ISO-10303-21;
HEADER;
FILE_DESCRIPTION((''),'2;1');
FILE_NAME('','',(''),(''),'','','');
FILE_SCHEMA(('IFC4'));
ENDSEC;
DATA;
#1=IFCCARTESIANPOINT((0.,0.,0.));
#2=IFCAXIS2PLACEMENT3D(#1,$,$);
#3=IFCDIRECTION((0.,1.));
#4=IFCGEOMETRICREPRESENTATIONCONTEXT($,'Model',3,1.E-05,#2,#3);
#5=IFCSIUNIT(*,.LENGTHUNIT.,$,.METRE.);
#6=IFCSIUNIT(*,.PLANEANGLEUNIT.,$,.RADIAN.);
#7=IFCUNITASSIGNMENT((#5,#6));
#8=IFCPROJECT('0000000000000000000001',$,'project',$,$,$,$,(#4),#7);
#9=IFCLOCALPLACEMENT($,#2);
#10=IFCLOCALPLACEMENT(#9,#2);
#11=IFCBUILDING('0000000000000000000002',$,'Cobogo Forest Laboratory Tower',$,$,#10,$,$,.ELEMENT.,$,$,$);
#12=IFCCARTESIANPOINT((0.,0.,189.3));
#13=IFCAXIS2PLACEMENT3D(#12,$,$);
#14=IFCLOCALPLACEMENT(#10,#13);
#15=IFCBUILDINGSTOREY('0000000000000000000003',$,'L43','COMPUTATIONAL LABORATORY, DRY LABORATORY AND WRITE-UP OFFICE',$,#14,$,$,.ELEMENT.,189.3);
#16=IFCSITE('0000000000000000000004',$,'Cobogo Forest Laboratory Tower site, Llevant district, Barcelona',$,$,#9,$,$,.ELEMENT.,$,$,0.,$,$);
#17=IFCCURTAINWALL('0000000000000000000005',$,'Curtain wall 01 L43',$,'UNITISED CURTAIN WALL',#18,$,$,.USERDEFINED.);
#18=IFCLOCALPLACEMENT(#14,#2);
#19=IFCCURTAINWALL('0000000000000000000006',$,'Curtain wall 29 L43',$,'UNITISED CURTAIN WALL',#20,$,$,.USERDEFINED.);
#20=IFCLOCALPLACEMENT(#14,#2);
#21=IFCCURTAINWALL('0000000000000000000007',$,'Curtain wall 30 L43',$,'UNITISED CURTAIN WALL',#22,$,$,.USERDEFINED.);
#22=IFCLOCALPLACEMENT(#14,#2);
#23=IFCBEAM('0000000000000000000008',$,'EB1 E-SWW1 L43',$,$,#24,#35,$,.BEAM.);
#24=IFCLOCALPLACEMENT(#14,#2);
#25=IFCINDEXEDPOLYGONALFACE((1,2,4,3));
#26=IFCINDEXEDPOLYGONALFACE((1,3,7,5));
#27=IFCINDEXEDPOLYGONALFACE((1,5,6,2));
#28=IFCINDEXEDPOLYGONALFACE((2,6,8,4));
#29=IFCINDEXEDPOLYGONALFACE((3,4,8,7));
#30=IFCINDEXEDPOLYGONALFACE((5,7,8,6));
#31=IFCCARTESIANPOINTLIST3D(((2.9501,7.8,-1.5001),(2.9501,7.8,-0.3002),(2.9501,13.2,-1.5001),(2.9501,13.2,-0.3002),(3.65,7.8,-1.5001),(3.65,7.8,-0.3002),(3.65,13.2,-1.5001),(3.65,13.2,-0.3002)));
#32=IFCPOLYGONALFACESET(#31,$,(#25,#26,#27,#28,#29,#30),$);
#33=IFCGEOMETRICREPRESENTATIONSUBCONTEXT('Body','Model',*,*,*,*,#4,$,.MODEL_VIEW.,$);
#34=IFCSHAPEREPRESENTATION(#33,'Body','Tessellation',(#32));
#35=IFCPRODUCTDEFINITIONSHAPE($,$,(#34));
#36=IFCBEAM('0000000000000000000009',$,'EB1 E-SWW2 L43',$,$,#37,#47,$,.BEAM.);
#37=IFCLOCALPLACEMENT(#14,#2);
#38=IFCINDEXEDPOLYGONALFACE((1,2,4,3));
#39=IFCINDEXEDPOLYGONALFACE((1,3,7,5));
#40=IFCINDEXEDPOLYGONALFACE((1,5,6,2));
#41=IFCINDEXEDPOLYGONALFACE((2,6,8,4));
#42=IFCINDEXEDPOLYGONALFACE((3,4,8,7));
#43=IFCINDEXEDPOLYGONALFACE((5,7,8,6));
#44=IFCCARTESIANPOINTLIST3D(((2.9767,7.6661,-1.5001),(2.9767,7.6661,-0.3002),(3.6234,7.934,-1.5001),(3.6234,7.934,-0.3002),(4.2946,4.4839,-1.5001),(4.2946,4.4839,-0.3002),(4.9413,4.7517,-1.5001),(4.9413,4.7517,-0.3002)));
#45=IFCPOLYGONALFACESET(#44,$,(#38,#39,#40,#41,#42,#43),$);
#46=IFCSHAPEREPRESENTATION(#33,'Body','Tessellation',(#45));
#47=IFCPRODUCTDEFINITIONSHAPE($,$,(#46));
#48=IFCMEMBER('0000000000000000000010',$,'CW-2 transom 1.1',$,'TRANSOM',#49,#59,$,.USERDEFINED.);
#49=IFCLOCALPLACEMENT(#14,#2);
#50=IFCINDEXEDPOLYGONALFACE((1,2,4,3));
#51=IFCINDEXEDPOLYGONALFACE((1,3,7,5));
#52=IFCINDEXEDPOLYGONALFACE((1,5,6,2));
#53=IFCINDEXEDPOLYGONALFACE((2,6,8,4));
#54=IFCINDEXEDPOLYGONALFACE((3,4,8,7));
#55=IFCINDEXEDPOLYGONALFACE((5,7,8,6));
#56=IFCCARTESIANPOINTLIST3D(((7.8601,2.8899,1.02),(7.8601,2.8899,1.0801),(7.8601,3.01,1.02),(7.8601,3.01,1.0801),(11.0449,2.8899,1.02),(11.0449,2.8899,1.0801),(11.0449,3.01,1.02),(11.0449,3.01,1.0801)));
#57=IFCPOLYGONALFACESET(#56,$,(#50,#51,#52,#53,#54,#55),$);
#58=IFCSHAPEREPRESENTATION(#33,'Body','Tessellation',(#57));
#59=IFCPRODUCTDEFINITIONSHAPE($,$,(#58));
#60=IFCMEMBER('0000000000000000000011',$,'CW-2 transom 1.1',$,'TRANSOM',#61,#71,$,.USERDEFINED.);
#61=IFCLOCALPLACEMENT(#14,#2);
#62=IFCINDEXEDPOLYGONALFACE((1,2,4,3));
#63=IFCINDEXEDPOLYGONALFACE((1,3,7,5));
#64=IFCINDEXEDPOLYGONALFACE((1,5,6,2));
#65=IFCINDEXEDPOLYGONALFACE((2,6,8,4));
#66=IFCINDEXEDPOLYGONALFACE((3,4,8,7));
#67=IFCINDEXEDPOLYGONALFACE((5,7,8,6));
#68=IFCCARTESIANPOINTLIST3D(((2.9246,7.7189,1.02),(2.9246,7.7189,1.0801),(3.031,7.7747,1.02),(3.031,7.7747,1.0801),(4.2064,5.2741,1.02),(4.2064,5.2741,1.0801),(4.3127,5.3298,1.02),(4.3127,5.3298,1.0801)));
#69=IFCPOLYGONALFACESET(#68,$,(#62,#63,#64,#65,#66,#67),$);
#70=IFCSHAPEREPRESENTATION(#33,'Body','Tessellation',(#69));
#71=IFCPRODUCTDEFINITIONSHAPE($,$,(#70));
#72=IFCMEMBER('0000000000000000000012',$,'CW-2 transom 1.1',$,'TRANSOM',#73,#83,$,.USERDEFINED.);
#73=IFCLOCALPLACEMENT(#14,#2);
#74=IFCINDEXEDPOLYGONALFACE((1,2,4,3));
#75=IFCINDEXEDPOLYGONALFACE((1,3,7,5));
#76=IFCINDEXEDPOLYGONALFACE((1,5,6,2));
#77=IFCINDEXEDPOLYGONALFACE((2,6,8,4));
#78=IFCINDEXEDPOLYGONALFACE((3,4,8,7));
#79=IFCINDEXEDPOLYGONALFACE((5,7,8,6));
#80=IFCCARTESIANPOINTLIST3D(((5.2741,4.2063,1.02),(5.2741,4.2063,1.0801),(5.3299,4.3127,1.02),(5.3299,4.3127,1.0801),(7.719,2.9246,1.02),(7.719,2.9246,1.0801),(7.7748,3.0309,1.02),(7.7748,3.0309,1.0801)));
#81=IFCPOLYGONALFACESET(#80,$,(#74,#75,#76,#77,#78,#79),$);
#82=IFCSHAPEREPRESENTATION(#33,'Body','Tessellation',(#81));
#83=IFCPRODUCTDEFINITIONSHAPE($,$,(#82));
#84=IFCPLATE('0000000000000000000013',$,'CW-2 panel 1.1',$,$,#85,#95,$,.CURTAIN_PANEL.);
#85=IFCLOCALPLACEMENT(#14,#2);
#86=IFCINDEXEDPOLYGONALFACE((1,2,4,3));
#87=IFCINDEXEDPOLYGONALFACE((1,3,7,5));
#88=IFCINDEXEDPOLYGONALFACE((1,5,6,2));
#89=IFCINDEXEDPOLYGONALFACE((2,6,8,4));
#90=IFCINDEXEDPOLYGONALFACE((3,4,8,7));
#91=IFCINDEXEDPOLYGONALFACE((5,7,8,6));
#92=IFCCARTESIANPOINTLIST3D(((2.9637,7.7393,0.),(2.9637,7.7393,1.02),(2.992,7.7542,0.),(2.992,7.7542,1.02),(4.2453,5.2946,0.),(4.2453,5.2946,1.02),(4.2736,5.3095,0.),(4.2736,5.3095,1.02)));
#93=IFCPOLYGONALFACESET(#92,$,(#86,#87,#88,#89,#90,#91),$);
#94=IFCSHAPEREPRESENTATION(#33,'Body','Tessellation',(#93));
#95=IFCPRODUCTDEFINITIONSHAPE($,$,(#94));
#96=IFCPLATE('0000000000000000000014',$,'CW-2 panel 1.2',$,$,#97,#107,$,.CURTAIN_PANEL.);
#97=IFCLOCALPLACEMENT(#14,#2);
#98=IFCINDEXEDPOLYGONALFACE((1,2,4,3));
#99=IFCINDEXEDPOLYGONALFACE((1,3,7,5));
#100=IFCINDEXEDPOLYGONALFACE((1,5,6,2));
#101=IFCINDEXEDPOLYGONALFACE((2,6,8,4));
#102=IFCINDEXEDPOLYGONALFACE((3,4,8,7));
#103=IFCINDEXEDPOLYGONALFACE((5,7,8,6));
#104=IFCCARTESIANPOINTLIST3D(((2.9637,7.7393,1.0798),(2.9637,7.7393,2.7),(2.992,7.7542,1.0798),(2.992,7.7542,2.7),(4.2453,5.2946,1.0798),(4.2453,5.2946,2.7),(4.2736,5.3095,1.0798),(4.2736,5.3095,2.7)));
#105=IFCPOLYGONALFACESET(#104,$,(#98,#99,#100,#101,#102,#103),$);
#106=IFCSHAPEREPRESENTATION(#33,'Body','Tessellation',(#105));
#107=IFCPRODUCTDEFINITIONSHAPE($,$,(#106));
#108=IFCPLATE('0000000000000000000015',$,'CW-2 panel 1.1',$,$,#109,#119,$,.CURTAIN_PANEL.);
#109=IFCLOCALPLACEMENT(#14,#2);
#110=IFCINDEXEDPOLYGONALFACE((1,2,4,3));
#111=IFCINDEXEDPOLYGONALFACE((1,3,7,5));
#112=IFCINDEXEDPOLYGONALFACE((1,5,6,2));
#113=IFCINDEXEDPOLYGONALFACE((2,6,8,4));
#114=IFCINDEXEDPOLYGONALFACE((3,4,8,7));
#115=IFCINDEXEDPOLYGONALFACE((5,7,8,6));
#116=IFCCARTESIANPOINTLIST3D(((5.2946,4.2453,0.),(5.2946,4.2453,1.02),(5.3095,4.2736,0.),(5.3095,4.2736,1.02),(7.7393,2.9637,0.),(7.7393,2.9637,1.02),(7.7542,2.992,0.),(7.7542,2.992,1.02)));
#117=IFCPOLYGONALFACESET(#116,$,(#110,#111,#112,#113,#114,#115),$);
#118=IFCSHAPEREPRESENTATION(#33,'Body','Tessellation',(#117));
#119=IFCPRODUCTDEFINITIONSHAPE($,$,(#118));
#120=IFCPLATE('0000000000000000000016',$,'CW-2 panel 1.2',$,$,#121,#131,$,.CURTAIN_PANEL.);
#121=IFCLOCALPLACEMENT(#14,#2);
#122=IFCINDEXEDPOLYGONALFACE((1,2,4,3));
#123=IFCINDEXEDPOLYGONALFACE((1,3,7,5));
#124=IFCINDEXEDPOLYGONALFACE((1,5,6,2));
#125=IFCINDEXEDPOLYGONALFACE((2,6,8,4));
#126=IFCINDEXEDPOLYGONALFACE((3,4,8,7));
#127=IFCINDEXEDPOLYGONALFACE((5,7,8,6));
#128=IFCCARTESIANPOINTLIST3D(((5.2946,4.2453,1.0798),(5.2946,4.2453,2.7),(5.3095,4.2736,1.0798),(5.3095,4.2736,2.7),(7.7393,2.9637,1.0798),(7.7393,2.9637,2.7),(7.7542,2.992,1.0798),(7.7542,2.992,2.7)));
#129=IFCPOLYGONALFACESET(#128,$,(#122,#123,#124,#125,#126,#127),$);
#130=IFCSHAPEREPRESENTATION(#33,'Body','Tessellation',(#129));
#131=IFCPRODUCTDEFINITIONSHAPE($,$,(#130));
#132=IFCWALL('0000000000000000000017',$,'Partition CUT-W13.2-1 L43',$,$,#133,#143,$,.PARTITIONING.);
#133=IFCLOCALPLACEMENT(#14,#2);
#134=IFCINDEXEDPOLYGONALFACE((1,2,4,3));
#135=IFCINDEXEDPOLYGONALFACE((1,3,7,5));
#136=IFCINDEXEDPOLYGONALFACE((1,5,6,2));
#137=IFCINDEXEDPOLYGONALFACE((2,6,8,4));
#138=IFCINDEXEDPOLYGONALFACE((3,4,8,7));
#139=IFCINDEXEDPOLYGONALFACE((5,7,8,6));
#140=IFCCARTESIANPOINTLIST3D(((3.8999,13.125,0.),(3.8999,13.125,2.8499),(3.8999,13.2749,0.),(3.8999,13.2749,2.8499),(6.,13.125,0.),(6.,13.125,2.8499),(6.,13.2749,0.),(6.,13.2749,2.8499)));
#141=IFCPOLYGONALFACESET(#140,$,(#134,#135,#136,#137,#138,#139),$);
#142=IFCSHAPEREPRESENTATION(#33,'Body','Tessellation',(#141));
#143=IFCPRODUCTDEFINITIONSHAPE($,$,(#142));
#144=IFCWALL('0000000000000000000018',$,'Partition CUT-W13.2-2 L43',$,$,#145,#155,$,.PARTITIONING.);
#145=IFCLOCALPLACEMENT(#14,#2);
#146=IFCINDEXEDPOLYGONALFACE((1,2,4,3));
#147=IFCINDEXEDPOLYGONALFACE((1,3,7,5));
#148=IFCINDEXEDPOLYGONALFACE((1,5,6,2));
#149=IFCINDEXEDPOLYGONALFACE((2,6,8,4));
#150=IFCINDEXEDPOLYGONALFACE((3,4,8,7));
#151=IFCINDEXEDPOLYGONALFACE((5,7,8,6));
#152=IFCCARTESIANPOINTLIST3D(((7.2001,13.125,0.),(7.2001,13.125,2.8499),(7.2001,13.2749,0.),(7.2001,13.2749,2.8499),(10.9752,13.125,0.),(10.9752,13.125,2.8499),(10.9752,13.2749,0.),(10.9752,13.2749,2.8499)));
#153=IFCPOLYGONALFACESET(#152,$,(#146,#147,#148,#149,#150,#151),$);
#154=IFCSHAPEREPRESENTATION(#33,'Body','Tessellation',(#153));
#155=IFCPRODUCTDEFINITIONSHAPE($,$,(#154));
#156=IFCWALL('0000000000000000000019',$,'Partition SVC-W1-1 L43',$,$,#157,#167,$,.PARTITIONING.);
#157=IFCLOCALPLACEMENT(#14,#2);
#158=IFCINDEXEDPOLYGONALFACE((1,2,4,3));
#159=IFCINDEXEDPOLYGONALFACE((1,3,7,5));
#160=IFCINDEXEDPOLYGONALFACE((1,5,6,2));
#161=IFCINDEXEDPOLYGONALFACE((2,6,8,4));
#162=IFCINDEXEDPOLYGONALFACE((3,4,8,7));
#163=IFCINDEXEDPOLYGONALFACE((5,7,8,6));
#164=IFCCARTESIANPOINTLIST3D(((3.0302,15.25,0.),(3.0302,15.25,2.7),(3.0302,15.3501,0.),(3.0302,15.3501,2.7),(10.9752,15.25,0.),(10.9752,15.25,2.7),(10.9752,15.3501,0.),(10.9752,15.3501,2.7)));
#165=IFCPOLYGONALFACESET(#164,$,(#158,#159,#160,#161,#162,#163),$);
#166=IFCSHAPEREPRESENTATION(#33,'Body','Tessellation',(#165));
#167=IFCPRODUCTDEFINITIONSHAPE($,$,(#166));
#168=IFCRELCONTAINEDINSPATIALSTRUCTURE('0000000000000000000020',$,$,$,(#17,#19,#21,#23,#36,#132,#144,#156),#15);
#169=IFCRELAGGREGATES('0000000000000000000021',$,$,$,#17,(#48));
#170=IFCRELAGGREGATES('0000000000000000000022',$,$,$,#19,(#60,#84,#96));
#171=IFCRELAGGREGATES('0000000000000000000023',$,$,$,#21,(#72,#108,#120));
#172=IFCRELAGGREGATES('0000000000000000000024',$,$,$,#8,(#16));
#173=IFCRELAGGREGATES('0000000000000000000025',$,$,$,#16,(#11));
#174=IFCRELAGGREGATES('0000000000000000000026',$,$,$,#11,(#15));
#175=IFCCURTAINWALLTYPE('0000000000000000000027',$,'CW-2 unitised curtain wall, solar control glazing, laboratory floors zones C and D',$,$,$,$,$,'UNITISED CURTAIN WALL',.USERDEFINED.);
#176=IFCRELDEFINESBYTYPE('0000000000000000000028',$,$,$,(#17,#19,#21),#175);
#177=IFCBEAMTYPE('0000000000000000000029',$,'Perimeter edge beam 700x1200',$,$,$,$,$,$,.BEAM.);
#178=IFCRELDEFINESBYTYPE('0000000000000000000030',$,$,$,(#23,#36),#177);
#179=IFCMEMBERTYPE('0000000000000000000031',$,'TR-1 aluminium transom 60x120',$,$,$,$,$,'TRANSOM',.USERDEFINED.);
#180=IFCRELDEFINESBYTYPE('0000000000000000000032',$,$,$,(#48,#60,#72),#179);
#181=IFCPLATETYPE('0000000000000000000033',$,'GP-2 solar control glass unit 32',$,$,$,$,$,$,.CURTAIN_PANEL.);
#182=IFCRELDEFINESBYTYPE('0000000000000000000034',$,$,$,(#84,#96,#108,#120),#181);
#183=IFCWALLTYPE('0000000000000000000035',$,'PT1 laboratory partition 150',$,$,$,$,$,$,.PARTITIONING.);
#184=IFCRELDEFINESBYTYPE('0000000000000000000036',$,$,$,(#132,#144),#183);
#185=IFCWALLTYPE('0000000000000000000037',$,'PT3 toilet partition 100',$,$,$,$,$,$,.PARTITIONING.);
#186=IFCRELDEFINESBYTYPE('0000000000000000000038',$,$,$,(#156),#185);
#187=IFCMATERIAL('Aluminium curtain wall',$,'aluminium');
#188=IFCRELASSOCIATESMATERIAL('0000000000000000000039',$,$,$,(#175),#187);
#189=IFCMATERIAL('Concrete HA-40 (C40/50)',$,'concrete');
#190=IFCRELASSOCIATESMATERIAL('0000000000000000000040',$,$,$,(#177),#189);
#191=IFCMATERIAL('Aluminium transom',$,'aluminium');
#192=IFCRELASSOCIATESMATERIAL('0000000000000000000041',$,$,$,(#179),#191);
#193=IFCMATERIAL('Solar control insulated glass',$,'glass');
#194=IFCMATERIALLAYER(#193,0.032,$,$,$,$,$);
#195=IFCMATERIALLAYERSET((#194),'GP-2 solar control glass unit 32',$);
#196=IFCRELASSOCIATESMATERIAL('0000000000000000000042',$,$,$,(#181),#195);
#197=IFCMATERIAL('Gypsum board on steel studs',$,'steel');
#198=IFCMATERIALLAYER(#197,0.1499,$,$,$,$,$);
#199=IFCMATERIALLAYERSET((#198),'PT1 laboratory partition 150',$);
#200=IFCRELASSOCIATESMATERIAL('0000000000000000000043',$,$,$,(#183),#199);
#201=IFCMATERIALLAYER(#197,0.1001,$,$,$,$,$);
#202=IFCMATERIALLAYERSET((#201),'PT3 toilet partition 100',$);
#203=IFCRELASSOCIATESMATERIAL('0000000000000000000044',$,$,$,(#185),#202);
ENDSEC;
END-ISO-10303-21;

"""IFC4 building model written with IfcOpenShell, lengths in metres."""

from ifc_helpers import new_model, si_unit, direction, frame, frame_2d, origin, origin_2d, place, context, subcontext, project, spatial, rectangle, extrude, material, layer, layer_set, material_profile, profile_set, type_object, element, aggregate, save


model = new_model("IFC4")

# Units and contexts
model_context = context("Model", 3, precision=1e-05, world=origin(), true_north=direction((0.0, 1.0)))
body_context = subcontext(model_context, "Body", "Model", "MODEL_VIEW")
ifc_project = project(units=[si_unit("LENGTHUNIT", "METRE"), si_unit("PLANEANGLEUNIT", "RADIAN")], contexts=[model_context])

# Site, building, storey
site_placement = place(None, origin())
site = spatial("IfcSite", under=ifc_project, at=site_placement, Name="Cobogo Forest Laboratory Tower site, Llevant district, Barcelona", CompositionType="ELEMENT", RefElevation=0.0)
building_placement = place(site_placement, origin())
building = spatial("IfcBuilding", under=site, at=building_placement, Name="Cobogo Forest Laboratory Tower", CompositionType="ELEMENT")
storey_placement = place(building_placement, frame((0.0, 0.0, 189.3)))
storey = spatial("IfcBuildingStorey", under=building, at=storey_placement, Name="L43", Description="COMPUTATIONAL LABORATORY, DRY LABORATORY AND WRITE-UP OFFICE", CompositionType="ELEMENT", Elevation=189.3)

# Shared definitions
ifc_material_1 = material(Name="Concrete HA-40 (C40/50)", Category="concrete")

# Curtain wall
ifc_material_2 = material(Name="Aluminium curtain wall", Category="aluminium")
curtain_wall_type = type_object("IfcCurtainWallType", Name="CW-2 unitised curtain wall, solar control glazing, laboratory floors zones C and D", ElementType="UNITISED CURTAIN WALL", PredefinedType="USERDEFINED", material=ifc_material_2)
curtain_wall_1_placement = place(storey_placement, origin())
curtain_wall_1 = element("IfcCurtainWall", 1, at=curtain_wall_1_placement, inside=storey, type_object=curtain_wall_type, Name="Curtain wall 01 L43", ObjectType="UNITISED CURTAIN WALL", PredefinedType="USERDEFINED")

# Curtain walls
curtain_wall_2_placement = place(storey_placement, origin())
curtain_wall_2 = element("IfcCurtainWall", 2, at=curtain_wall_2_placement, inside=storey, type_object=curtain_wall_type, Name="Curtain wall 29 L43", ObjectType="UNITISED CURTAIN WALL", PredefinedType="USERDEFINED")
curtain_wall_3_placement = place(storey_placement, origin())
curtain_wall_3 = element("IfcCurtainWall", 3, at=curtain_wall_3_placement, inside=storey, type_object=curtain_wall_type, Name="Curtain wall 30 L43", ObjectType="UNITISED CURTAIN WALL", PredefinedType="USERDEFINED")

# Beams
ifc_material_profile_1 = material_profile(ifc_material_1, rectangle(XDim=0.7, YDim=1.2, at=origin_2d()), Name="RC 700x1200")
ifc_profile_set_1 = profile_set([ifc_material_profile_1], Name="Concrete HA-40 (C40/50)")
beam_type_1 = type_object("IfcBeamType", Name="Perimeter edge beam 700x1200", PredefinedType="BEAM", material=ifc_profile_set_1)
beam_1_placement = place(storey_placement, frame((3.3, 13.2, -0.9001), z_axis=(0.0, -1.0, 0.0), x_axis=(1.0, 0.0, 0.0)))
element("IfcBeam", 4, at=beam_1_placement, inside=storey, type_object=beam_type_1, Name="EB1 E-SWW1 L43", PredefinedType="BEAM", context=body_context, shape_type="SweptSolid", body=[
    extrude(rectangle(XDim=0.7, YDim=1.2, at=origin_2d()), origin(), (0.0, 0.0, 1.0), 5.3999),
])
beam_2_placement = place(storey_placement, frame((3.3, 7.8, -0.9001), z_axis=(0.382631, -0.923901, 0.0), x_axis=(0.923901, 0.382631, 0.0)))
element("IfcBeam", 5, at=beam_2_placement, inside=storey, type_object=beam_type_1, Name="EB1 E-SWW2 L43", PredefinedType="BEAM", context=body_context, shape_type="SweptSolid", body=[
    extrude(rectangle(XDim=0.7, YDim=1.2, at=origin_2d()), origin(), (0.0, 0.0, 1.0), 3.4443),
])

# Members
ifc_material_3 = material(Name="Aluminium transom", Category="aluminium")
ifc_material_profile_2 = material_profile(ifc_material_3, rectangle(XDim=0.1201, YDim=0.0601, at=origin_2d()), Name="AL 60x120")
ifc_profile_set_2 = profile_set([ifc_material_profile_2], Name="Aluminium transom")
member_type_1 = type_object("IfcMemberType", Name="TR-1 aluminium transom 60x120", ElementType="TRANSOM", PredefinedType="USERDEFINED", material=ifc_profile_set_2)
member_1_placement = place(storey_placement, frame((7.8601, 2.95, 1.05), z_axis=(1.0, 0.0, 0.0), x_axis=(0.0, 1.0, 0.0)))
member_1 = element("IfcMember", 6, at=member_1_placement, type_object=member_type_1, Name="CW-2 transom 1.1", ObjectType="TRANSOM", PredefinedType="USERDEFINED", context=body_context, shape_type="SweptSolid", body=[
    extrude(rectangle(XDim=0.1201, YDim=0.0601, at=origin_2d()), origin(), (0.0, 0.0, 1.0), 3.1848),
])
aggregate(curtain_wall_1, [member_1])
member_2_placement = place(storey_placement, frame((2.9778, 7.7468, 1.05), z_axis=(0.464324, -0.885665, 0.0), x_axis=(0.885665, 0.464324, 0.0)))
member_2 = element("IfcMember", 7, at=member_2_placement, type_object=member_type_1, Name="CW-2 transom 1.1", ObjectType="TRANSOM", PredefinedType="USERDEFINED", context=body_context, shape_type="SweptSolid", body=[
    extrude(rectangle(XDim=0.1201, YDim=0.0601, at=origin_2d()), origin(), (0.0, 0.0, 1.0), 2.7605),
])
member_3_placement = place(storey_placement, frame((5.302, 4.2595, 1.05), z_axis=(0.885665, -0.464324, 0.0), x_axis=(0.464324, 0.885665, 0.0)))
member_3 = element("IfcMember", 8, at=member_3_placement, type_object=member_type_1, Name="CW-2 transom 1.1", ObjectType="TRANSOM", PredefinedType="USERDEFINED", context=body_context, shape_type="SweptSolid", body=[
    extrude(rectangle(XDim=0.1201, YDim=0.0601, at=origin_2d()), origin(), (0.0, 0.0, 1.0), 2.7605),
])

# Plates
ifc_material_4 = material(Name="Solar control insulated glass", Category="glass")
ifc_layer_1 = layer(ifc_material_4, 0.032)
ifc_layer_set_1 = layer_set([ifc_layer_1], Name="GP-2 solar control glass unit 32")
plate_type = type_object("IfcPlateType", Name="GP-2 solar control glass unit 32", PredefinedType="CURTAIN_PANEL", material=ifc_layer_set_1)
plate_1_placement = place(storey_placement, frame((3.6187, 6.5244, 0.0), z_axis=(0.0, 0.0, 1.0), x_axis=(0.464284, -0.885686, 0.0)))
plate_1 = element("IfcPlate", 9, at=plate_1_placement, type_object=plate_type, Name="CW-2 panel 1.1", PredefinedType="CURTAIN_PANEL", context=body_context, shape_type="SweptSolid", body=[
    extrude(rectangle(XDim=2.7603, YDim=0.032, at=origin_2d()), origin(), (0.0, 0.0, 1.0), 1.02),
])
plate_2_placement = place(storey_placement, frame((3.6187, 6.5244, 1.0798), z_axis=(0.0, 0.0, 1.0), x_axis=(0.464284, -0.885686, 0.0)))
plate_2 = element("IfcPlate", 10, at=plate_2_placement, type_object=plate_type, Name="CW-2 panel 1.2", PredefinedType="CURTAIN_PANEL", context=body_context, shape_type="SweptSolid", body=[
    extrude(rectangle(XDim=2.7603, YDim=0.032, at=origin_2d()), origin(), (0.0, 0.0, 1.0), 1.6201),
])
aggregate(curtain_wall_2, [member_2, plate_1, plate_2])
plate_3_placement = place(storey_placement, frame((6.5244, 3.6187, 0.0), z_axis=(0.0, 0.0, 1.0), x_axis=(0.885686, -0.464284, 0.0)))
plate_3 = element("IfcPlate", 11, at=plate_3_placement, type_object=plate_type, Name="CW-2 panel 1.1", PredefinedType="CURTAIN_PANEL", context=body_context, shape_type="SweptSolid", body=[
    extrude(rectangle(XDim=2.7603, YDim=0.032, at=origin_2d()), origin(), (0.0, 0.0, 1.0), 1.02),
])
plate_4_placement = place(storey_placement, frame((6.5244, 3.6187, 1.0798), z_axis=(0.0, 0.0, 1.0), x_axis=(0.885686, -0.464284, 0.0)))
plate_4 = element("IfcPlate", 12, at=plate_4_placement, type_object=plate_type, Name="CW-2 panel 1.2", PredefinedType="CURTAIN_PANEL", context=body_context, shape_type="SweptSolid", body=[
    extrude(rectangle(XDim=2.7603, YDim=0.032, at=origin_2d()), origin(), (0.0, 0.0, 1.0), 1.6201),
])
aggregate(curtain_wall_3, [member_3, plate_3, plate_4])

# Walls
ifc_material_5 = material(Name="Gypsum board on steel studs", Category="steel")
ifc_layer_2 = layer(ifc_material_5, 0.1499)
ifc_layer_set_2 = layer_set([ifc_layer_2], Name="PT1 laboratory partition 150")
wall_type_1 = type_object("IfcWallType", Name="PT1 laboratory partition 150", PredefinedType="PARTITIONING", material=ifc_layer_set_2)
wall_1_placement = place(storey_placement, frame((3.8999, 13.2, 0.0), z_axis=(0.0, 0.0, 1.0), x_axis=(1.0, 0.0, 0.0)))
element("IfcWall", 13, at=wall_1_placement, inside=storey, type_object=wall_type_1, Name="Partition CUT-W13.2-1 L43", PredefinedType="PARTITIONING", context=body_context, shape_type="SweptSolid", body=[
    extrude(rectangle(XDim=2.1001, YDim=0.1499, at=frame_2d((1.05, 0.0))), origin(), (0.0, 0.0, 1.0), 2.8499),
])
wall_2_placement = place(storey_placement, frame((7.2, 13.2, 0.0), z_axis=(0.0, 0.0, 1.0), x_axis=(1.0, 0.0, 0.0)))
element("IfcWall", 14, at=wall_2_placement, inside=storey, type_object=wall_type_1, Name="Partition CUT-W13.2-2 L43", PredefinedType="PARTITIONING", context=body_context, shape_type="SweptSolid", body=[
    extrude(rectangle(XDim=3.7751, YDim=0.1499, at=frame_2d((1.8877, 0.0))), origin(), (0.0, 0.0, 1.0), 2.8499),
])
ifc_layer_3 = layer(ifc_material_5, 0.1001)
ifc_layer_set_3 = layer_set([ifc_layer_3], Name="PT3 toilet partition 100")
wall_type_2 = type_object("IfcWallType", Name="PT3 toilet partition 100", PredefinedType="PARTITIONING", material=ifc_layer_set_3)
wall_3_placement = place(storey_placement, frame((3.03, 15.3, 0.0), z_axis=(0.0, 0.0, 1.0), x_axis=(1.0, 0.0, 0.0)))
element("IfcWall", 15, at=wall_3_placement, inside=storey, type_object=wall_type_2, Name="Partition SVC-W1-1 L43", PredefinedType="PARTITIONING", context=body_context, shape_type="SweptSolid", body=[
    extrude(rectangle(XDim=7.9451, YDim=0.1001, at=frame_2d((3.9727, 0.0))), origin(), (0.0, 0.0, 1.0), 2.7),
])

save(model, "model.ifc")
